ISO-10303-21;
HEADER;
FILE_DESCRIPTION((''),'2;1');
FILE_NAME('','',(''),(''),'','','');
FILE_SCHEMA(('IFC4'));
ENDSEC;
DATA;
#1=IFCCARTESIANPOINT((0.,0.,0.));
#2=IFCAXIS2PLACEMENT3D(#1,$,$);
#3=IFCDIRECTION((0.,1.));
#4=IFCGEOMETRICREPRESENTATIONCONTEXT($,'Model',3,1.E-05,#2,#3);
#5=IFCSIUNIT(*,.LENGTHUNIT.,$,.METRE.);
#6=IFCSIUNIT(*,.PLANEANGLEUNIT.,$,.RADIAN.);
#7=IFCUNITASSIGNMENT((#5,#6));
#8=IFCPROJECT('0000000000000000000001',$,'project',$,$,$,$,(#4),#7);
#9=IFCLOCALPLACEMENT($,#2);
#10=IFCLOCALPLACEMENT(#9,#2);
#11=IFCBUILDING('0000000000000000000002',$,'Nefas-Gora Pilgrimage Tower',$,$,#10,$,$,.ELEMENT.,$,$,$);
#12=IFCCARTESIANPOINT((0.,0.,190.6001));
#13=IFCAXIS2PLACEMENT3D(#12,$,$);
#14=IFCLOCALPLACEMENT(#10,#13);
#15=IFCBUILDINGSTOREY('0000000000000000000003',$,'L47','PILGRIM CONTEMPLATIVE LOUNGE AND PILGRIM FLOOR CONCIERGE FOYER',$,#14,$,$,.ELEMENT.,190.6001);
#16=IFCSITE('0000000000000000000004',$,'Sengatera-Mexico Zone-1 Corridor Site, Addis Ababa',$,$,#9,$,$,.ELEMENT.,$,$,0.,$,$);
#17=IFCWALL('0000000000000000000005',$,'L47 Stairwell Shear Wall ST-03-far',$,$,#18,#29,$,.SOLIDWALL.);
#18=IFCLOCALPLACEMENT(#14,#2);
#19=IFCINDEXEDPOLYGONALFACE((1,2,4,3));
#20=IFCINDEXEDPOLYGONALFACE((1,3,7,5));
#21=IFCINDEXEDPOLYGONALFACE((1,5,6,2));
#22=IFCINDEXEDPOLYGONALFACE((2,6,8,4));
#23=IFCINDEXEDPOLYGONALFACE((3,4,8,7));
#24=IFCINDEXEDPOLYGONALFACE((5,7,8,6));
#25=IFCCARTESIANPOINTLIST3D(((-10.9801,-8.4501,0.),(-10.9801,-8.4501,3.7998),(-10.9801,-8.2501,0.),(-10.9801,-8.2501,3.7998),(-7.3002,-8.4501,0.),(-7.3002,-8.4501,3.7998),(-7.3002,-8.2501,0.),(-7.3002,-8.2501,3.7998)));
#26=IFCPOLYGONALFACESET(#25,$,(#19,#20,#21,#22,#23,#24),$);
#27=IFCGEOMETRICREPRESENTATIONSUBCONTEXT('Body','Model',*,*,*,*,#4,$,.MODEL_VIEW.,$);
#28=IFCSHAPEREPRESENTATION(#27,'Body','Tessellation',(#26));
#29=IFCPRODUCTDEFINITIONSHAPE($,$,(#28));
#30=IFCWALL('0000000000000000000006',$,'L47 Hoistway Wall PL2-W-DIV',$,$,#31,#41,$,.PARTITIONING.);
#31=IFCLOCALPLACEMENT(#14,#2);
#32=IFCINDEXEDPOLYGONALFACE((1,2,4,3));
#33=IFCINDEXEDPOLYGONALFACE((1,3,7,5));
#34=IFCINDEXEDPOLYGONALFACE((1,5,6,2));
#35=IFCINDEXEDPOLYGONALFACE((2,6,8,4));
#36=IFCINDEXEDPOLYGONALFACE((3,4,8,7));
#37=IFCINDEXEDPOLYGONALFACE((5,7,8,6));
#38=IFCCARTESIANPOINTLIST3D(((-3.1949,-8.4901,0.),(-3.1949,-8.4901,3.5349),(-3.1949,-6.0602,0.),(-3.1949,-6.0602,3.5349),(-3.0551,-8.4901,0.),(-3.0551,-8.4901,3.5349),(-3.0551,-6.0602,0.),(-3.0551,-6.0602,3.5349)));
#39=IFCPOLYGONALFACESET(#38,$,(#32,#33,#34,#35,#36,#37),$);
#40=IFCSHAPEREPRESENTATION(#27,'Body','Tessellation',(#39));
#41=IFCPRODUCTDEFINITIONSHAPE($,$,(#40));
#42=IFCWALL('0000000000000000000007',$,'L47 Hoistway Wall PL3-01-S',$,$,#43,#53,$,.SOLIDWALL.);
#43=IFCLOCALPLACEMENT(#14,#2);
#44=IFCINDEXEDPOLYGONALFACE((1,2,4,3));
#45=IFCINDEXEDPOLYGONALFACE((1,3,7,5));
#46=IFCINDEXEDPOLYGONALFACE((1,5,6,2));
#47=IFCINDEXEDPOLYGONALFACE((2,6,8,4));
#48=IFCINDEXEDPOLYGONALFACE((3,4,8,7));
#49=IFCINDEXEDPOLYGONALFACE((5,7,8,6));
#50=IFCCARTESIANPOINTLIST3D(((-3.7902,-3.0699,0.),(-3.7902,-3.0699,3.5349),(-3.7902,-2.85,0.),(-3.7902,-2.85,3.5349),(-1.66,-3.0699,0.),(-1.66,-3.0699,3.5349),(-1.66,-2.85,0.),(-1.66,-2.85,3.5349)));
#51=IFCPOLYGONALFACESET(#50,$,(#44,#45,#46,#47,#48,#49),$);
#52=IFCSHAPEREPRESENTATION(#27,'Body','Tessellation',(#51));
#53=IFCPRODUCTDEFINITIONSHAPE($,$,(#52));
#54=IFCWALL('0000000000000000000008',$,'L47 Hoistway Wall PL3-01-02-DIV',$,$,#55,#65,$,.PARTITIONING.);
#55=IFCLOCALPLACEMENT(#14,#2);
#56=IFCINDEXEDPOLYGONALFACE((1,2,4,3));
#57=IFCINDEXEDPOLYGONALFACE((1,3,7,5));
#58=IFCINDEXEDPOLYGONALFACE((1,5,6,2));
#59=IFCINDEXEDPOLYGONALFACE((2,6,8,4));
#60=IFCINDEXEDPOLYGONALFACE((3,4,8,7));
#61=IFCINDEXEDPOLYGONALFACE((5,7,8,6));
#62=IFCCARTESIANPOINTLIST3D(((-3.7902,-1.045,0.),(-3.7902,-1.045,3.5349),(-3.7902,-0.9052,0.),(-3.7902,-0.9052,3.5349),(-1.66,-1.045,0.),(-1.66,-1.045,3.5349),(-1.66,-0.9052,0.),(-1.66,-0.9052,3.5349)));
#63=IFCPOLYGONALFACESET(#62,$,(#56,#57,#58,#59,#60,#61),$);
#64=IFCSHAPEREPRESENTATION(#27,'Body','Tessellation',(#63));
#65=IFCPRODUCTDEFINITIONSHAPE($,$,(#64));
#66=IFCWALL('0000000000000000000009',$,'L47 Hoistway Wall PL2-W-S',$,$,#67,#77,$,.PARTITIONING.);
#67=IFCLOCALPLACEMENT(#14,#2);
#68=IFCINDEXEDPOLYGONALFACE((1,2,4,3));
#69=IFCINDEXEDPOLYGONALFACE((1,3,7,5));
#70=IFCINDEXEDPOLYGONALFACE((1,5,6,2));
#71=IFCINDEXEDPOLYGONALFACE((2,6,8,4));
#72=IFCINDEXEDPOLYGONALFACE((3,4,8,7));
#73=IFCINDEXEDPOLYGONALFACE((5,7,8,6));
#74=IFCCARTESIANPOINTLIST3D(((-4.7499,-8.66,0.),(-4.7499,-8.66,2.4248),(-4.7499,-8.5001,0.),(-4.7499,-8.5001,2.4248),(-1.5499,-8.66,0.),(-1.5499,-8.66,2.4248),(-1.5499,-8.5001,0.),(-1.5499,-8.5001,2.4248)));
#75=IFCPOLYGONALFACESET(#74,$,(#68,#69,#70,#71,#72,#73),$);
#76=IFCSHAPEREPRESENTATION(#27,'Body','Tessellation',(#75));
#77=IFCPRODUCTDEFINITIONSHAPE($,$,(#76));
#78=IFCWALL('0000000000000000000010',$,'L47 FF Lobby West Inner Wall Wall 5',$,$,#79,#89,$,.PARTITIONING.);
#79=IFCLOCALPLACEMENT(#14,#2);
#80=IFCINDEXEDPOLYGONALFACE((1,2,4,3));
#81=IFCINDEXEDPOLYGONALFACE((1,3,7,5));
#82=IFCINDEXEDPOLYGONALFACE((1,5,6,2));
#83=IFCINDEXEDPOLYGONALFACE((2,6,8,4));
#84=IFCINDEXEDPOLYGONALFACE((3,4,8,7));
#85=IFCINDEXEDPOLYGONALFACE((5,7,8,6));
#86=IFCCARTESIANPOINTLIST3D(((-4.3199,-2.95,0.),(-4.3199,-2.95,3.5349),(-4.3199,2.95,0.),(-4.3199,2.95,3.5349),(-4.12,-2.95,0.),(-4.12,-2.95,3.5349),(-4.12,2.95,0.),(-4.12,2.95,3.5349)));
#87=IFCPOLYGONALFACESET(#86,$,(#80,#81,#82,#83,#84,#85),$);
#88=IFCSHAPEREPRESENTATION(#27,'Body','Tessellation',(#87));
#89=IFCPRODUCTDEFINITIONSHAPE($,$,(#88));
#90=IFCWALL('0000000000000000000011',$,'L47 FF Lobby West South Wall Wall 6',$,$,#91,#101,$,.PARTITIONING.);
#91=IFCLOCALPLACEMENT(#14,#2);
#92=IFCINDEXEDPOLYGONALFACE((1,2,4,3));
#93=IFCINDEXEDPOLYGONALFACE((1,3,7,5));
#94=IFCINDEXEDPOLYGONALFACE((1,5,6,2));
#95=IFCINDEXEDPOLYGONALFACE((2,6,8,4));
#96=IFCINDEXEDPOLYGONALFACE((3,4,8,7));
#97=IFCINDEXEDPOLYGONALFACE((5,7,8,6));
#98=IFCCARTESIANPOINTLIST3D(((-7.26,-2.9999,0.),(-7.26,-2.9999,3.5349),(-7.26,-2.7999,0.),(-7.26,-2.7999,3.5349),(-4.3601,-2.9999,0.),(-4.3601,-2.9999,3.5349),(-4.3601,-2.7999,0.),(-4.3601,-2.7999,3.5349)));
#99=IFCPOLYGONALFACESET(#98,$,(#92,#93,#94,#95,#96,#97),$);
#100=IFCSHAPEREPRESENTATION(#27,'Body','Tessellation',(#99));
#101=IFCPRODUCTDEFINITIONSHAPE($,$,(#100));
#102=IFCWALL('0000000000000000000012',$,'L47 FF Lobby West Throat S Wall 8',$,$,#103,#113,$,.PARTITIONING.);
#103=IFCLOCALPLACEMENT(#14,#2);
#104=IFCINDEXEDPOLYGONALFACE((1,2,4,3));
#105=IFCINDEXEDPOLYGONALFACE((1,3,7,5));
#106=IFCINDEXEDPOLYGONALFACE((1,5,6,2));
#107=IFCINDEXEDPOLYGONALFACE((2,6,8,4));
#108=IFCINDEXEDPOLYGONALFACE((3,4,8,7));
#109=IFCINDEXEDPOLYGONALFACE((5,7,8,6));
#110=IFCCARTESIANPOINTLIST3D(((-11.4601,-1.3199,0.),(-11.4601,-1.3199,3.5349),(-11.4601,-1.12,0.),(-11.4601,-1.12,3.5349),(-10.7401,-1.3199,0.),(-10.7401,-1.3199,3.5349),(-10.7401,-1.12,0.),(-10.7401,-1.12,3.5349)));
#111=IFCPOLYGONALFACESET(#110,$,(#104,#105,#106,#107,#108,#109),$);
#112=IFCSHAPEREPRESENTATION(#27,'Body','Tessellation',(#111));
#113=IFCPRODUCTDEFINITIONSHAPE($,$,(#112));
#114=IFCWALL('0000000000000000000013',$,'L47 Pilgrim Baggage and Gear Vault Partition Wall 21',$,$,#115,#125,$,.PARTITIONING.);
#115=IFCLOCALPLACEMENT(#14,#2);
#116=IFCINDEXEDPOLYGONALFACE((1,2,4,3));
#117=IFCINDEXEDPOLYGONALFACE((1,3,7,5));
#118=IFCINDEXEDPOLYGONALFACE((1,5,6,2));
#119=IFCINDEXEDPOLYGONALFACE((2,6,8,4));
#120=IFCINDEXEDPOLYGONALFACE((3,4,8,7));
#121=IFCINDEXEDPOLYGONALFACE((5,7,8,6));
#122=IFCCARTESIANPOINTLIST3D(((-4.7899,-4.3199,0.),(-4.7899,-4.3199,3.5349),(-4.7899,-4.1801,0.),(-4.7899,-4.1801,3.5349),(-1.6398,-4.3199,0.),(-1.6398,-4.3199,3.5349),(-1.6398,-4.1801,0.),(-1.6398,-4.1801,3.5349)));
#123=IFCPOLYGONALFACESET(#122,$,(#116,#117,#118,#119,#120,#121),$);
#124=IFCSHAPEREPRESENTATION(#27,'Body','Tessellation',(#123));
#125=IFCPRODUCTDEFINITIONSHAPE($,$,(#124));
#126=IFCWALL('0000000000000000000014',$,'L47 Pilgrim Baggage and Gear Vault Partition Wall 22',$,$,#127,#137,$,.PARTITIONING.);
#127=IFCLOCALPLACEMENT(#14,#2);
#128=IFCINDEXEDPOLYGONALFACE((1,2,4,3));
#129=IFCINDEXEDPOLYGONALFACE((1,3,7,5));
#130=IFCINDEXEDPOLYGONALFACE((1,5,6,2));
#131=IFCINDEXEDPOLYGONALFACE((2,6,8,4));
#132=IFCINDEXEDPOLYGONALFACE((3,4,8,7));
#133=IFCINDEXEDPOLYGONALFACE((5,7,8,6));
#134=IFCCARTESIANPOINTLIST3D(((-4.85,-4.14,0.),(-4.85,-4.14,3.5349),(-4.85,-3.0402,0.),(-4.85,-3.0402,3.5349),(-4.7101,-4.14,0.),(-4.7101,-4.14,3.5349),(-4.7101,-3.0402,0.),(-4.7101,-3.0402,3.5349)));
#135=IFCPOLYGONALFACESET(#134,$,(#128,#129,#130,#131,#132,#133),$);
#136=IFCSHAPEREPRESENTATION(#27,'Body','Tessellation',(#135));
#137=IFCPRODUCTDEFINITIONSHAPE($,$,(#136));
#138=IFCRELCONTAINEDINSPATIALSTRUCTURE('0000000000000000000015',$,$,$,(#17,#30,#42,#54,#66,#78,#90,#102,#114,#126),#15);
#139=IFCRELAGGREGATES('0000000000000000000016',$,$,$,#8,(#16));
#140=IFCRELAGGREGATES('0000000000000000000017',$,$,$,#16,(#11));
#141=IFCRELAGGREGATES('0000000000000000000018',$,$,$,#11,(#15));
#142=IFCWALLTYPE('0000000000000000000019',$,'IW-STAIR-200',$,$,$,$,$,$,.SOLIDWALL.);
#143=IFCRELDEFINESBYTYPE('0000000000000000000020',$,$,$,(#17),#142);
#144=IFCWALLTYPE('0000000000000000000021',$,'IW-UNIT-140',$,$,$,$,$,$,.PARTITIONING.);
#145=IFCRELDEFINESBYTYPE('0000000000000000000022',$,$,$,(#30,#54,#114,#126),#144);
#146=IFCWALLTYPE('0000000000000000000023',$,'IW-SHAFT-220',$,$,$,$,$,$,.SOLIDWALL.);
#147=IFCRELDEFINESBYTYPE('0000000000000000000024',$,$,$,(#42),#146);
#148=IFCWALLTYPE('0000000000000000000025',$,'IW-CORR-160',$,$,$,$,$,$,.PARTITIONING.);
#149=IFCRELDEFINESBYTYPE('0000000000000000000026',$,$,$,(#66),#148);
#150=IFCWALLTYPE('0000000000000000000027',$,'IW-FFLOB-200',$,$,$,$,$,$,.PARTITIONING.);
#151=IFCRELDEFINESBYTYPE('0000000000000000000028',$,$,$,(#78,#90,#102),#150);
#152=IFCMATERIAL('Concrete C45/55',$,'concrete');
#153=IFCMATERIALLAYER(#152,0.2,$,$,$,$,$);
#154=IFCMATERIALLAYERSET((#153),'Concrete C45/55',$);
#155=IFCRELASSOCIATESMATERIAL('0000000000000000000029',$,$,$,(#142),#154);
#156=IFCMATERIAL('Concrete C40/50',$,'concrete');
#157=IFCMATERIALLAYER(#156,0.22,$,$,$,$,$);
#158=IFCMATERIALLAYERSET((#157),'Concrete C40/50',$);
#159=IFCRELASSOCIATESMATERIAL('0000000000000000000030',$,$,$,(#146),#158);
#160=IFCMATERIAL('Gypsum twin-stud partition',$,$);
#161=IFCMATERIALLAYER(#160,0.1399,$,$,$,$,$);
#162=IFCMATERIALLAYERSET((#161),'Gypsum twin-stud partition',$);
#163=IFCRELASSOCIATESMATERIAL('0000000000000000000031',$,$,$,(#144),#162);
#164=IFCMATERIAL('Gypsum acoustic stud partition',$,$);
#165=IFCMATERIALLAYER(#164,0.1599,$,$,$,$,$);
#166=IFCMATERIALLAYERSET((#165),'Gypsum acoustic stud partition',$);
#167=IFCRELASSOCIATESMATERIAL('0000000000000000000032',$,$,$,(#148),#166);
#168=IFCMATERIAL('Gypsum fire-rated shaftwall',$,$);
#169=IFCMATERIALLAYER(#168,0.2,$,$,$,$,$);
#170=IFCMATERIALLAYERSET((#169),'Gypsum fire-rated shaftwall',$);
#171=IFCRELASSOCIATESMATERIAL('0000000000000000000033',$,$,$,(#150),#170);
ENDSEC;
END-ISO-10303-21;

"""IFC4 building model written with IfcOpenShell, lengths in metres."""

from ifc_helpers import new_model, si_unit, direction, frame, frame_2d, origin, place, context, subcontext, project, spatial, rectangle, extrude, source, transform, mapped, material, layer, layer_set, type_object, element, save


model = new_model("IFC4")

# Units and contexts
model_context = context("Model", 3, precision=1e-05, world=origin(), true_north=direction((0.0, 1.0)))
body_context = subcontext(model_context, "Body", "Model", "MODEL_VIEW")
ifc_project = project(units=[si_unit("LENGTHUNIT", "METRE"), si_unit("PLANEANGLEUNIT", "RADIAN")], contexts=[model_context])

# Site, building, storey
site_placement = place(None, origin())
site = spatial("IfcSite", under=ifc_project, at=site_placement, Name="Sengatera-Mexico Zone-1 Corridor Site, Addis Ababa", CompositionType="ELEMENT", RefElevation=0.0)
building_placement = place(site_placement, origin())
building = spatial("IfcBuilding", under=site, at=building_placement, Name="Nefas-Gora Pilgrimage Tower", CompositionType="ELEMENT")
storey_placement = place(building_placement, frame((0.0, 0.0, 190.6001)))
storey = spatial("IfcBuildingStorey", under=building, at=storey_placement, Name="L47", Description="PILGRIM CONTEMPLATIVE LOUNGE AND PILGRIM FLOOR CONCIERGE FOYER", CompositionType="ELEMENT", Elevation=190.6001)

# Shared definitions
ifc_material_1 = material(Name="Concrete C45/55", Category="concrete")
ifc_layer_1 = layer(ifc_material_1, 0.2)
ifc_layer_set_1 = layer_set([ifc_layer_1], Name="Concrete C45/55")
wall_type_1 = type_object("IfcWallType", Name="IW-STAIR-200", PredefinedType="SOLIDWALL", material=ifc_layer_set_1)

# Walls
shared_shape_1 = source(origin(), body_context, "Body", "SweptSolid", [
    extrude(rectangle(XDim=3.6799, YDim=0.2, at=frame_2d((1.8398, 0.0))), origin(), (0.0, 0.0, 1.0), 3.7998),
])
wall_1_placement = place(storey_placement, frame((-10.98, -8.3501, 0.0), z_axis=(0.0, 0.0, 1.0), x_axis=(1.0, 0.0, 0.0)))
element("IfcWall", 1, at=wall_1_placement, inside=storey, type_object=wall_type_1, Name="L47 Stairwell Shear Wall ST-03-far", PredefinedType="SOLIDWALL", context=body_context, shape_type="MappedRepresentation", body=[
    mapped(shared_shape_1, transform((0.0, 0.0, 0.0), x_axis=(1.0, 0.0, 0.0), y_axis=(0.0, 1.0, 0.0), z_axis=(0.0, 0.0, 1.0), scale=1.0)),
])
ifc_material_2 = material(Name="Concrete C40/50", Category="concrete")
ifc_layer_2 = layer(ifc_material_2, 0.22)
ifc_layer_set_2 = layer_set([ifc_layer_2], Name="Concrete C40/50")
wall_type_2 = type_object("IfcWallType", Name="IW-SHAFT-220", PredefinedType="SOLIDWALL", material=ifc_layer_set_2)
ifc_material_3 = material(Name="Gypsum twin-stud partition")
ifc_layer_3 = layer(ifc_material_3, 0.1399)
ifc_layer_set_3 = layer_set([ifc_layer_3], Name="Gypsum twin-stud partition")
wall_type_3 = type_object("IfcWallType", Name="IW-UNIT-140", PredefinedType="PARTITIONING", material=ifc_layer_set_3)
shared_shape_2 = source(origin(), body_context, "Body", "SweptSolid", [
    extrude(rectangle(XDim=2.4299, YDim=0.1399, at=frame_2d((1.2148, 0.0))), origin(), (0.0, 0.0, 1.0), 3.5349),
])
wall_2_placement = place(storey_placement, frame((-3.125, -8.49, 0.0), z_axis=(0.0, 0.0, 1.0), x_axis=(0.0, 1.0, 0.0)))
element("IfcWall", 2, at=wall_2_placement, inside=storey, type_object=wall_type_3, Name="L47 Hoistway Wall PL2-W-DIV", PredefinedType="PARTITIONING", context=body_context, shape_type="MappedRepresentation", body=[
    mapped(shared_shape_2, transform((0.0, 0.0, 0.0), x_axis=(1.0, 0.0, 0.0), y_axis=(0.0, 1.0, 0.0), z_axis=(0.0, 0.0, 1.0), scale=1.0)),
])
shared_shape_3 = source(origin(), body_context, "Body", "SweptSolid", [
    extrude(rectangle(XDim=2.1301, YDim=0.22, at=frame_2d((1.0649, 0.0))), origin(), (0.0, 0.0, 1.0), 3.5349),
])
wall_3_placement = place(storey_placement, frame((-3.79, -2.96, 0.0), z_axis=(0.0, 0.0, 1.0), x_axis=(1.0, 0.0, 0.0)))
element("IfcWall", 3, at=wall_3_placement, inside=storey, type_object=wall_type_2, Name="L47 Hoistway Wall PL3-01-S", PredefinedType="SOLIDWALL", context=body_context, shape_type="MappedRepresentation", body=[
    mapped(shared_shape_3, transform((0.0, 0.0, 0.0), x_axis=(1.0, 0.0, 0.0), y_axis=(0.0, 1.0, 0.0), z_axis=(0.0, 0.0, 1.0), scale=1.0)),
])
shared_shape_4 = source(origin(), body_context, "Body", "SweptSolid", [
    extrude(rectangle(XDim=2.1301, YDim=0.1399, at=frame_2d((1.0649, 0.0))), origin(), (0.0, 0.0, 1.0), 3.5349),
])
wall_4_placement = place(storey_placement, frame((-3.79, -0.9751, 0.0), z_axis=(0.0, 0.0, 1.0), x_axis=(1.0, 0.0, 0.0)))
element("IfcWall", 4, at=wall_4_placement, inside=storey, type_object=wall_type_3, Name="L47 Hoistway Wall PL3-01-02-DIV", PredefinedType="PARTITIONING", context=body_context, shape_type="MappedRepresentation", body=[
    mapped(shared_shape_4, transform((0.0, 0.0, 0.0), x_axis=(1.0, 0.0, 0.0), y_axis=(0.0, 1.0, 0.0), z_axis=(0.0, 0.0, 1.0), scale=1.0)),
])
ifc_material_4 = material(Name="Gypsum acoustic stud partition")
ifc_layer_4 = layer(ifc_material_4, 0.1599)
ifc_layer_set_4 = layer_set([ifc_layer_4], Name="Gypsum acoustic stud partition")
wall_type_4 = type_object("IfcWallType", Name="IW-CORR-160", PredefinedType="PARTITIONING", material=ifc_layer_set_4)
shared_shape_5 = source(origin(), body_context, "Body", "SweptSolid", [
    extrude(rectangle(XDim=3.2, YDim=0.1599, at=frame_2d((1.6001, 0.0))), origin(), (0.0, 0.0, 1.0), 2.4248),
])
wall_5_placement = place(storey_placement, frame((-4.75, -8.5801, 0.0), z_axis=(0.0, 0.0, 1.0), x_axis=(1.0, 0.0, 0.0)))
element("IfcWall", 5, at=wall_5_placement, inside=storey, type_object=wall_type_4, Name="L47 Hoistway Wall PL2-W-S", PredefinedType="PARTITIONING", context=body_context, shape_type="MappedRepresentation", body=[
    mapped(shared_shape_5, transform((0.0, 0.0, 0.0), x_axis=(1.0, 0.0, 0.0), y_axis=(0.0, 1.0, 0.0), z_axis=(0.0, 0.0, 1.0), scale=1.0)),
])
ifc_material_5 = material(Name="Gypsum fire-rated shaftwall")
ifc_layer_5 = layer(ifc_material_5, 0.2)
ifc_layer_set_5 = layer_set([ifc_layer_5], Name="Gypsum fire-rated shaftwall")
wall_type_5 = type_object("IfcWallType", Name="IW-FFLOB-200", PredefinedType="PARTITIONING", material=ifc_layer_set_5)
shared_shape_6 = source(origin(), body_context, "Body", "SweptSolid", [
    extrude(rectangle(XDim=5.8999, YDim=0.2, at=frame_2d((2.95, 0.0))), origin(), (0.0, 0.0, 1.0), 3.5349),
])
wall_6_placement = place(storey_placement, frame((-4.22, -2.95, 0.0), z_axis=(0.0, 0.0, 1.0), x_axis=(0.0, 1.0, 0.0)))
element("IfcWall", 6, at=wall_6_placement, inside=storey, type_object=wall_type_5, Name="L47 FF Lobby West Inner Wall Wall 5", PredefinedType="PARTITIONING", context=body_context, shape_type="MappedRepresentation", body=[
    mapped(shared_shape_6, transform((0.0, 0.0, 0.0), x_axis=(1.0, 0.0, 0.0), y_axis=(0.0, 1.0, 0.0), z_axis=(0.0, 0.0, 1.0), scale=1.0)),
])
shared_shape_7 = source(origin(), body_context, "Body", "SweptSolid", [
    extrude(rectangle(XDim=2.8999, YDim=0.2, at=frame_2d((1.45, 0.0))), origin(), (0.0, 0.0, 1.0), 3.5349),
])
wall_7_placement = place(storey_placement, frame((-7.26, -2.8999, 0.0), z_axis=(0.0, 0.0, 1.0), x_axis=(1.0, 0.0, 0.0)))
element("IfcWall", 7, at=wall_7_placement, inside=storey, type_object=wall_type_5, Name="L47 FF Lobby West South Wall Wall 6", PredefinedType="PARTITIONING", context=body_context, shape_type="MappedRepresentation", body=[
    mapped(shared_shape_7, transform((0.0, 0.0, 0.0), x_axis=(1.0, 0.0, 0.0), y_axis=(0.0, 1.0, 0.0), z_axis=(0.0, 0.0, 1.0), scale=1.0)),
])
shared_shape_8 = source(origin(), body_context, "Body", "SweptSolid", [
    extrude(rectangle(XDim=0.72, YDim=0.2, at=frame_2d((0.3599, 0.0))), origin(), (0.0, 0.0, 1.0), 3.5349),
])
wall_8_placement = place(storey_placement, frame((-11.46, -1.22, 0.0), z_axis=(0.0, 0.0, 1.0), x_axis=(1.0, 0.0, 0.0)))
element("IfcWall", 8, at=wall_8_placement, inside=storey, type_object=wall_type_5, Name="L47 FF Lobby West Throat S Wall 8", PredefinedType="PARTITIONING", context=body_context, shape_type="MappedRepresentation", body=[
    mapped(shared_shape_8, transform((0.0, 0.0, 0.0), x_axis=(1.0, 0.0, 0.0), y_axis=(0.0, 1.0, 0.0), z_axis=(0.0, 0.0, 1.0), scale=1.0)),
])

# Walls
shared_shape_9 = source(origin(), body_context, "Body", "SweptSolid", [
    extrude(rectangle(XDim=3.1501, YDim=0.1399, at=frame_2d((1.5752, 0.0))), origin(), (0.0, 0.0, 1.0), 3.5349),
])
wall_9_placement = place(storey_placement, frame((-4.79, -4.25, 0.0), z_axis=(0.0, 0.0, 1.0), x_axis=(1.0, 0.0, 0.0)))
element("IfcWall", 9, at=wall_9_placement, inside=storey, type_object=wall_type_3, Name="L47 Pilgrim Baggage and Gear Vault Partition Wall 21", PredefinedType="PARTITIONING", context=body_context, shape_type="MappedRepresentation", body=[
    mapped(shared_shape_9, transform((0.0, 0.0, 0.0), x_axis=(1.0, 0.0, 0.0), y_axis=(0.0, 1.0, 0.0), z_axis=(0.0, 0.0, 1.0), scale=1.0)),
])
shared_shape_10 = source(origin(), body_context, "Body", "SweptSolid", [
    extrude(rectangle(XDim=1.0999, YDim=0.1399, at=frame_2d((0.5498, 0.0))), origin(), (0.0, 0.0, 1.0), 3.5349),
])
wall_10_placement = place(storey_placement, frame((-4.78, -4.1399, 0.0), z_axis=(0.0, 0.0, 1.0), x_axis=(0.0, 1.0, 0.0)))
element("IfcWall", 10, at=wall_10_placement, inside=storey, type_object=wall_type_3, Name="L47 Pilgrim Baggage and Gear Vault Partition Wall 22", PredefinedType="PARTITIONING", context=body_context, shape_type="MappedRepresentation", body=[
    mapped(shared_shape_10, transform((0.0, 0.0, 0.0), x_axis=(1.0, 0.0, 0.0), y_axis=(0.0, 1.0, 0.0), z_axis=(0.0, 0.0, 1.0), scale=1.0)),
])

save(model, "model.ifc")
